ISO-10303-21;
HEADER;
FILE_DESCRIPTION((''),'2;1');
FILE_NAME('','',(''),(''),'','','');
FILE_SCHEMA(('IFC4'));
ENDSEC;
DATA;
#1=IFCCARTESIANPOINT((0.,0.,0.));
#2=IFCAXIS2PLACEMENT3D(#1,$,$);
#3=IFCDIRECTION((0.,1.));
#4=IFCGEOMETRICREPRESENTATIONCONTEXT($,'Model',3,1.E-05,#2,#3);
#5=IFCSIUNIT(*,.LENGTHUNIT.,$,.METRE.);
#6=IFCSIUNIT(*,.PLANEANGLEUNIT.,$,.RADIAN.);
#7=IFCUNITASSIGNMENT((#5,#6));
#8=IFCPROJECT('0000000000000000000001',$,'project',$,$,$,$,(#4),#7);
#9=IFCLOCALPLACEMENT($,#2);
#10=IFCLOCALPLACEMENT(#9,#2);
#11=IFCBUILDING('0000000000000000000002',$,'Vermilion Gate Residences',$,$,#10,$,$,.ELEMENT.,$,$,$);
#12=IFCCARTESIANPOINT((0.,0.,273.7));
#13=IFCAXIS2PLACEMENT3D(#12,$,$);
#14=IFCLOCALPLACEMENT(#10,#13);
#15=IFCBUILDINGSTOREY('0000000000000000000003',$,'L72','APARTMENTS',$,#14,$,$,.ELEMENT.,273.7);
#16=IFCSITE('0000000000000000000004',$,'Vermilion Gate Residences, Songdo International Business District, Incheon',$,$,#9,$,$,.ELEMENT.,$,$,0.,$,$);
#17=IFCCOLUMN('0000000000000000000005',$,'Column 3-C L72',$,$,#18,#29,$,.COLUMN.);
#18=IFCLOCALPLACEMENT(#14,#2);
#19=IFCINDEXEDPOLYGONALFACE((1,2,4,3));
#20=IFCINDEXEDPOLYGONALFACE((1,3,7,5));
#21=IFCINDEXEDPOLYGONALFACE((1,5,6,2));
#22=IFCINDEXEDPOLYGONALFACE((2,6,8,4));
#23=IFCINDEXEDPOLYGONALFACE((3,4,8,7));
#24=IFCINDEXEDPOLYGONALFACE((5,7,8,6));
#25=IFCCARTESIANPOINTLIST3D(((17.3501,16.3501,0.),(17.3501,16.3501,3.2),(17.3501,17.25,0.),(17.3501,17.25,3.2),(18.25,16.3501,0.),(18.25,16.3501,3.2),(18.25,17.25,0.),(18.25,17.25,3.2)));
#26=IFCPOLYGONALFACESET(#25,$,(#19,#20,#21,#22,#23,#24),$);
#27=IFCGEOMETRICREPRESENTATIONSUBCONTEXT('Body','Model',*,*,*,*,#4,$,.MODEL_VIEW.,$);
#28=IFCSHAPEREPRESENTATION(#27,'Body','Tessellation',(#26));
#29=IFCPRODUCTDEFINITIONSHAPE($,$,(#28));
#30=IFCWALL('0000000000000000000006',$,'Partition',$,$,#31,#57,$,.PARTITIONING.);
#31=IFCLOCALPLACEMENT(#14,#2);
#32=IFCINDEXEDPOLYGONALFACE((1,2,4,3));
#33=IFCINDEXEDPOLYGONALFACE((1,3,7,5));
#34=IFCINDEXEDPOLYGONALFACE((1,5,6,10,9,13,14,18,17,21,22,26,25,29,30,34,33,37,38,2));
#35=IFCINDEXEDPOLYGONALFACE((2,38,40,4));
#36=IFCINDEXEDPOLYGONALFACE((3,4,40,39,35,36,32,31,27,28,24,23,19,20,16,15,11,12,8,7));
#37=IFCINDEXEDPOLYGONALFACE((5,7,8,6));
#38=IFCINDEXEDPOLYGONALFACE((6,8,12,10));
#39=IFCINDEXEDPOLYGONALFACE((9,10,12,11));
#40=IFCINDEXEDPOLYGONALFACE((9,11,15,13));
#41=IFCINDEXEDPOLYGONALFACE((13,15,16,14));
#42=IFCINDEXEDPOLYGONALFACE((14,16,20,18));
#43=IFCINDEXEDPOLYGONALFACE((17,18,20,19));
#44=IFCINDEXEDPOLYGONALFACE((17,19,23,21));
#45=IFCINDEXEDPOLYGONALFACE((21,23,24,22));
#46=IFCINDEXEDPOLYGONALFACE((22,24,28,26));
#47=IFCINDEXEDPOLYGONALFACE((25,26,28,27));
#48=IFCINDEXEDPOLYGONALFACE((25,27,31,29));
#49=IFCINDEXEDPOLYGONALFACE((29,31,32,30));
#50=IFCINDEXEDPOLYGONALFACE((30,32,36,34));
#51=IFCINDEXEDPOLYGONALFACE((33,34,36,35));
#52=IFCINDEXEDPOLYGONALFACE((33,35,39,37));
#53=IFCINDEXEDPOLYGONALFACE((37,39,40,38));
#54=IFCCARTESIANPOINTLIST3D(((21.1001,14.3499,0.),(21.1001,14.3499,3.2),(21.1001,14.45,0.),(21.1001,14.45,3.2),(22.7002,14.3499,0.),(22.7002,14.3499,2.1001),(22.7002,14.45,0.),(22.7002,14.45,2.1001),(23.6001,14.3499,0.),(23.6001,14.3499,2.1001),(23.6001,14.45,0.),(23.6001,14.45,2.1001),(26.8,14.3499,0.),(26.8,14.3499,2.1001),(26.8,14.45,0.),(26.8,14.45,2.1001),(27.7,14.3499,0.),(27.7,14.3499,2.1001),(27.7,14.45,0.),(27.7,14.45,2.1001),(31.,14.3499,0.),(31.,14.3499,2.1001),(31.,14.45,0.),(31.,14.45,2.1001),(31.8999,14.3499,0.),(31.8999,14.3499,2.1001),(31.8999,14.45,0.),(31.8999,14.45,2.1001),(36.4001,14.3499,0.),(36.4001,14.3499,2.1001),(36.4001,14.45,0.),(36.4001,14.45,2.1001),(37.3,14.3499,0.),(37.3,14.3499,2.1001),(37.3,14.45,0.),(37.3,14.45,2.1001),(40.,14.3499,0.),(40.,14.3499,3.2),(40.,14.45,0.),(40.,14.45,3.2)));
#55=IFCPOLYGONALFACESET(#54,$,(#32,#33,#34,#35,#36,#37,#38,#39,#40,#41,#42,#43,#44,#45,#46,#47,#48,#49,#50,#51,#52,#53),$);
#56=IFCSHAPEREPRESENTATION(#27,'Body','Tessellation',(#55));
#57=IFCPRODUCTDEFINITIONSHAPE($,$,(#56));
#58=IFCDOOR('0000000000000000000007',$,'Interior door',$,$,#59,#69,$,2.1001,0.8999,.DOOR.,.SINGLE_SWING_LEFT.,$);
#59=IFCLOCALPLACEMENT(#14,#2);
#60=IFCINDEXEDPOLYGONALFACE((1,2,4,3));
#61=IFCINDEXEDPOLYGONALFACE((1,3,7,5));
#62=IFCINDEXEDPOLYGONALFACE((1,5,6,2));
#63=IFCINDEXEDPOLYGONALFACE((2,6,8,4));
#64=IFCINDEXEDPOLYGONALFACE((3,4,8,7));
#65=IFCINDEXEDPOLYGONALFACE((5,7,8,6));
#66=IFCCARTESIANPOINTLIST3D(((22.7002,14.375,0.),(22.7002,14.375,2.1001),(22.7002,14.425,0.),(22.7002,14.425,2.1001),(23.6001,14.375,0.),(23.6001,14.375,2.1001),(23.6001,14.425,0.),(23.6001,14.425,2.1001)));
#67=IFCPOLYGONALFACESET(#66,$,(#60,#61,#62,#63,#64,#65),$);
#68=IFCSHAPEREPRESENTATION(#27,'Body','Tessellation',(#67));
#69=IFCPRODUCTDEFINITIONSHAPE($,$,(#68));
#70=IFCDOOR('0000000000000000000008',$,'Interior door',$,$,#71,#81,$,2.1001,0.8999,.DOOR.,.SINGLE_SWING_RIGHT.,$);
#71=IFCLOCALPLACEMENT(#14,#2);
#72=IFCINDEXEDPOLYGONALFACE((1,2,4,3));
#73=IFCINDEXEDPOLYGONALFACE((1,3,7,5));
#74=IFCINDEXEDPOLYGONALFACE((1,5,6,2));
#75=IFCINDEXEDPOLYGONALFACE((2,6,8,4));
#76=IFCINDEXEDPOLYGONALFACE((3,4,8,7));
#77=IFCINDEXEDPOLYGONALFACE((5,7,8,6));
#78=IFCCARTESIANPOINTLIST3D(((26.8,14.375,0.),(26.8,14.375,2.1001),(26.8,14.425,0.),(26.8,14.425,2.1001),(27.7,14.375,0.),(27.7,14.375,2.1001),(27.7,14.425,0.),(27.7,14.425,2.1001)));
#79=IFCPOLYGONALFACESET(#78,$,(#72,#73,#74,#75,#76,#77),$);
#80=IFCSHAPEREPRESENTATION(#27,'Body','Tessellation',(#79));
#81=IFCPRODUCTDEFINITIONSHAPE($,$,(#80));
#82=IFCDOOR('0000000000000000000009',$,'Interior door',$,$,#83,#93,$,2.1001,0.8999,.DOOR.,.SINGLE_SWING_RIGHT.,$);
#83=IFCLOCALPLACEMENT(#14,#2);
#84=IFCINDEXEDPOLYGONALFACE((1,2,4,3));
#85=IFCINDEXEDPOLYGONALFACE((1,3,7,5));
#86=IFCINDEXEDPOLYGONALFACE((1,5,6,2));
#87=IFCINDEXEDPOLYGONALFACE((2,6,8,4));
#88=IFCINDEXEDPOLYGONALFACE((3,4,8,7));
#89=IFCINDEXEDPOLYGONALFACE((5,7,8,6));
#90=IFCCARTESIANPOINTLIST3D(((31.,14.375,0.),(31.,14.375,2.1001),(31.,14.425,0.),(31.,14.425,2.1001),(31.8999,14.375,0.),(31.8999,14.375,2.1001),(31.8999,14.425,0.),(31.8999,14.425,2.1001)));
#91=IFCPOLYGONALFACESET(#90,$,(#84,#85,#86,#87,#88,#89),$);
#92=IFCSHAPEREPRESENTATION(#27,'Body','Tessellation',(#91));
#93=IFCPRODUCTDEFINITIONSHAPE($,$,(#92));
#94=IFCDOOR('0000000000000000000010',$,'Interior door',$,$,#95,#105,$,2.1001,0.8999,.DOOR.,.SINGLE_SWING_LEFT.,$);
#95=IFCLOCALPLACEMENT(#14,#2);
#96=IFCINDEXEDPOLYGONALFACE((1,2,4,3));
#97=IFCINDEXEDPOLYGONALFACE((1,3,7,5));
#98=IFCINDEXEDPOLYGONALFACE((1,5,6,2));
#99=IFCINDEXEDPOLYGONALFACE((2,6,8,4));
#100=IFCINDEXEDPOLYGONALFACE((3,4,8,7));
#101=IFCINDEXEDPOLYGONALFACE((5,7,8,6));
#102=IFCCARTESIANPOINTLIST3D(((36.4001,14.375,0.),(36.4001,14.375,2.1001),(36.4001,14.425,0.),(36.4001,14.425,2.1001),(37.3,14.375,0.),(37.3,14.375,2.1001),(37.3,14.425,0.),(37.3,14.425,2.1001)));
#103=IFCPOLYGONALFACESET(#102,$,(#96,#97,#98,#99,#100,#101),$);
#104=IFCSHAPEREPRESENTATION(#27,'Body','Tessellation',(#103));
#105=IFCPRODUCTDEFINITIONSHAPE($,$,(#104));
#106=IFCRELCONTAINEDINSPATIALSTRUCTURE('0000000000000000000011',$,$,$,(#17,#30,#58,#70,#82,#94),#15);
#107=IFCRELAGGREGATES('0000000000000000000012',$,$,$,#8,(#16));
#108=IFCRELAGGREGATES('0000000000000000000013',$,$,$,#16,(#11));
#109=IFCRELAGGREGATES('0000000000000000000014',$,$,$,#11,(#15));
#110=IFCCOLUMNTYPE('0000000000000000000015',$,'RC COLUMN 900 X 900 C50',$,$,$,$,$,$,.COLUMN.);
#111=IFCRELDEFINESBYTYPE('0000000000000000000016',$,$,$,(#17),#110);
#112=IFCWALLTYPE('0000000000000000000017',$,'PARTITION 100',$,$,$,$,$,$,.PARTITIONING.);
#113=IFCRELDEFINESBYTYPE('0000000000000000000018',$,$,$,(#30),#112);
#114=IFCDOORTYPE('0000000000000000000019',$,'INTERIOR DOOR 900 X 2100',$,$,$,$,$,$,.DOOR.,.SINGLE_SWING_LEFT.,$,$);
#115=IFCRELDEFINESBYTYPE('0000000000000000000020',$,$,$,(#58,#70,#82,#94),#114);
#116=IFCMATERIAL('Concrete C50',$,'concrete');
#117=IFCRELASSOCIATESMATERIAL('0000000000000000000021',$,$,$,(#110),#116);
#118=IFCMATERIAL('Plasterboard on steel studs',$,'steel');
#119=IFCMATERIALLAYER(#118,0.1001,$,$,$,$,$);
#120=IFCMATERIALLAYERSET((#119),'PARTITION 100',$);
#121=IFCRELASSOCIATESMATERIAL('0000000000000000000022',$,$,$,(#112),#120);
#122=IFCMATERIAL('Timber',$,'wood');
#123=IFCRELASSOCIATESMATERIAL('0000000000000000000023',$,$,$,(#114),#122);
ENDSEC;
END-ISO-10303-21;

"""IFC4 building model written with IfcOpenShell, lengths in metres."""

from ifc_helpers import new_model, si_unit, direction, frame, frame_2d, origin, origin_2d, place, context, subcontext, project, spatial, rectangle, extrude, material, layer, layer_set, material_profile, profile_set, type_object, element, fill, save


model = new_model("IFC4")

# Units and contexts
model_context = context("Model", 3, precision=1e-05, world=origin(), true_north=direction((0.0, 1.0)))
body_context = subcontext(model_context, "Body", "Model", "MODEL_VIEW")
ifc_project = project(units=[si_unit("LENGTHUNIT", "METRE"), si_unit("PLANEANGLEUNIT", "RADIAN")], contexts=[model_context])

# Site, building, storey
site_placement = place(None, origin())
site = spatial("IfcSite", under=ifc_project, at=site_placement, Name="Vermilion Gate Residences, Songdo International Business District, Incheon", CompositionType="ELEMENT", RefElevation=0.0)
building_placement = place(site_placement, origin())
building = spatial("IfcBuilding", under=site, at=building_placement, Name="Vermilion Gate Residences", CompositionType="ELEMENT")
storey_placement = place(building_placement, frame((0.0, 0.0, 273.7)))
storey = spatial("IfcBuildingStorey", under=building, at=storey_placement, Name="L72", Description="APARTMENTS", CompositionType="ELEMENT", Elevation=273.7)

# Column
ifc_material_1 = material(Name="Concrete C50", Category="concrete")
ifc_material_profile = material_profile(ifc_material_1, rectangle(XDim=0.8999, YDim=0.8999, at=origin_2d()), Name="RC-900x900")
ifc_profile_set = profile_set([ifc_material_profile], Name="Concrete C50")
column_type = type_object("IfcColumnType", Name="RC COLUMN 900 X 900 C50", PredefinedType="COLUMN", material=ifc_profile_set)
column_placement = place(storey_placement, frame((17.8, 16.8, 0.0), z_axis=(0.0, 0.0, 1.0), x_axis=(1.0, 0.0, 0.0)))
element("IfcColumn", 1, at=column_placement, inside=storey, type_object=column_type, Name="Column 3-C L72", PredefinedType="COLUMN", context=body_context, shape_type="SweptSolid", body=[
    extrude(rectangle(XDim=0.8999, YDim=0.8999, at=origin_2d()), origin(), (0.0, 0.0, 1.0), 3.2),
])

# Wall, openings, doors
ifc_material_2 = material(Name="Plasterboard on steel studs", Category="steel")
ifc_layer_1 = layer(ifc_material_2, 0.1001)
ifc_layer_set_1 = layer_set([ifc_layer_1], Name="PARTITION 100")
wall_type_1 = type_object("IfcWallType", Name="PARTITION 100", PredefinedType="PARTITIONING", material=ifc_layer_set_1)
wall_1_placement = place(storey_placement, frame((21.1001, 14.3999, 0.0), z_axis=(0.0, 0.0, 1.0), x_axis=(1.0, 0.0, 0.0)))
wall_1 = element("IfcWall", 2, at=wall_1_placement, inside=storey, type_object=wall_type_1, Name="Partition", PredefinedType="PARTITIONING", context=body_context, shape_type="SweptSolid", body=[
    extrude(rectangle(XDim=18.8999, YDim=0.1001, at=frame_2d((9.45, 0.0))), origin(), (0.0, 0.0, 1.0), 3.2),
])
opening_1_placement = place(wall_1_placement, frame((1.6001, 0.0, 0.0)))
opening_1 = element("IfcOpeningElement", 3, at=opening_1_placement, cuts=wall_1, PredefinedType="OPENING", context=body_context, shape_type="SweptSolid", body=[
    extrude(rectangle(XDim=0.8999, YDim=2.1001, at=frame_2d((0.45, 1.05))), frame((0.0, 0.0601, 0.0), z_axis=(0.0, -1.0, 0.0), x_axis=(1.0, 0.0, 0.0)), (0.0, 0.0, 1.0), 0.1201),
])
opening_2_placement = place(wall_1_placement, frame((5.7, 0.0, 0.0)))
opening_2 = element("IfcOpeningElement", 4, at=opening_2_placement, cuts=wall_1, PredefinedType="OPENING", context=body_context, shape_type="SweptSolid", body=[
    extrude(rectangle(XDim=0.8999, YDim=2.1001, at=frame_2d((0.45, 1.05))), frame((0.0, 0.0601, 0.0), z_axis=(0.0, -1.0, 0.0), x_axis=(1.0, 0.0, 0.0)), (0.0, 0.0, 1.0), 0.1201),
])
opening_3_placement = place(wall_1_placement, frame((9.8999, 0.0, 0.0)))
opening_3 = element("IfcOpeningElement", 5, at=opening_3_placement, cuts=wall_1, PredefinedType="OPENING", context=body_context, shape_type="SweptSolid", body=[
    extrude(rectangle(XDim=0.8999, YDim=2.1001, at=frame_2d((0.45, 1.05))), frame((0.0, 0.0601, 0.0), z_axis=(0.0, -1.0, 0.0), x_axis=(1.0, 0.0, 0.0)), (0.0, 0.0, 1.0), 0.1201),
])
opening_4_placement = place(wall_1_placement, frame((15.3, 0.0, 0.0)))
opening_4 = element("IfcOpeningElement", 6, at=opening_4_placement, cuts=wall_1, PredefinedType="OPENING", context=body_context, shape_type="SweptSolid", body=[
    extrude(rectangle(XDim=0.8999, YDim=2.1001, at=frame_2d((0.45, 1.05))), frame((0.0, 0.0601, 0.0), z_axis=(0.0, -1.0, 0.0), x_axis=(1.0, 0.0, 0.0)), (0.0, 0.0, 1.0), 0.1201),
])
ifc_material_3 = material(Name="Timber", Category="wood")
door_type_1 = type_object("IfcDoorType", Name="INTERIOR DOOR 900 X 2100", OperationType="SINGLE_SWING_LEFT", PredefinedType="DOOR", material=ifc_material_3)
door_1_placement = place(opening_1_placement, frame((0.8999, 0.0, 0.0), z_axis=(0.0, 0.0, 1.0), x_axis=(-1.0, 0.0, 0.0)))
door_1 = element("IfcDoor", 7, at=door_1_placement, inside=storey, type_object=door_type_1, Name="Interior door", OperationType="SINGLE_SWING_LEFT", OverallHeight=2.1001, OverallWidth=0.8999, PredefinedType="DOOR", context=body_context, shape_type="SweptSolid", body=[
    extrude(rectangle(XDim=0.8999, YDim=2.1001, at=frame_2d((0.45, 1.05))), frame((0.0, 0.0249, 0.0), z_axis=(0.0, -1.0, 0.0), x_axis=(1.0, 0.0, 0.0)), (0.0, 0.0, 1.0), 0.05),
])
fill(opening_1, door_1)
door_2_placement = place(opening_2_placement, frame((0.8999, 0.0, 0.0), z_axis=(0.0, 0.0, 1.0), x_axis=(-1.0, 0.0, 0.0)))
door_2 = element("IfcDoor", 8, at=door_2_placement, inside=storey, type_object=door_type_1, Name="Interior door", OperationType="SINGLE_SWING_RIGHT", OverallHeight=2.1001, OverallWidth=0.8999, PredefinedType="DOOR", context=body_context, shape_type="SweptSolid", body=[
    extrude(rectangle(XDim=0.8999, YDim=2.1001, at=frame_2d((0.45, 1.05))), frame((0.0, 0.0249, 0.0), z_axis=(0.0, -1.0, 0.0), x_axis=(1.0, 0.0, 0.0)), (0.0, 0.0, 1.0), 0.05),
])
fill(opening_2, door_2)
door_3_placement = place(opening_3_placement, frame((0.8999, 0.0, 0.0), z_axis=(0.0, 0.0, 1.0), x_axis=(-1.0, 0.0, 0.0)))
door_3 = element("IfcDoor", 9, at=door_3_placement, inside=storey, type_object=door_type_1, Name="Interior door", OperationType="SINGLE_SWING_RIGHT", OverallHeight=2.1001, OverallWidth=0.8999, PredefinedType="DOOR", context=body_context, shape_type="SweptSolid", body=[
    extrude(rectangle(XDim=0.8999, YDim=2.1001, at=frame_2d((0.45, 1.05))), frame((0.0, 0.0249, 0.0), z_axis=(0.0, -1.0, 0.0), x_axis=(1.0, 0.0, 0.0)), (0.0, 0.0, 1.0), 0.05),
])
fill(opening_3, door_3)
door_4_placement = place(opening_4_placement, frame((0.8999, 0.0, 0.0), z_axis=(0.0, 0.0, 1.0), x_axis=(-1.0, 0.0, 0.0)))
door_4 = element("IfcDoor", 10, at=door_4_placement, inside=storey, type_object=door_type_1, Name="Interior door", OperationType="SINGLE_SWING_LEFT", OverallHeight=2.1001, OverallWidth=0.8999, PredefinedType="DOOR", context=body_context, shape_type="SweptSolid", body=[
    extrude(rectangle(XDim=0.8999, YDim=2.1001, at=frame_2d((0.45, 1.05))), frame((0.0, 0.0249, 0.0), z_axis=(0.0, -1.0, 0.0), x_axis=(1.0, 0.0, 0.0)), (0.0, 0.0, 1.0), 0.05),
])
fill(opening_4, door_4)

save(model, "model.ifc")
